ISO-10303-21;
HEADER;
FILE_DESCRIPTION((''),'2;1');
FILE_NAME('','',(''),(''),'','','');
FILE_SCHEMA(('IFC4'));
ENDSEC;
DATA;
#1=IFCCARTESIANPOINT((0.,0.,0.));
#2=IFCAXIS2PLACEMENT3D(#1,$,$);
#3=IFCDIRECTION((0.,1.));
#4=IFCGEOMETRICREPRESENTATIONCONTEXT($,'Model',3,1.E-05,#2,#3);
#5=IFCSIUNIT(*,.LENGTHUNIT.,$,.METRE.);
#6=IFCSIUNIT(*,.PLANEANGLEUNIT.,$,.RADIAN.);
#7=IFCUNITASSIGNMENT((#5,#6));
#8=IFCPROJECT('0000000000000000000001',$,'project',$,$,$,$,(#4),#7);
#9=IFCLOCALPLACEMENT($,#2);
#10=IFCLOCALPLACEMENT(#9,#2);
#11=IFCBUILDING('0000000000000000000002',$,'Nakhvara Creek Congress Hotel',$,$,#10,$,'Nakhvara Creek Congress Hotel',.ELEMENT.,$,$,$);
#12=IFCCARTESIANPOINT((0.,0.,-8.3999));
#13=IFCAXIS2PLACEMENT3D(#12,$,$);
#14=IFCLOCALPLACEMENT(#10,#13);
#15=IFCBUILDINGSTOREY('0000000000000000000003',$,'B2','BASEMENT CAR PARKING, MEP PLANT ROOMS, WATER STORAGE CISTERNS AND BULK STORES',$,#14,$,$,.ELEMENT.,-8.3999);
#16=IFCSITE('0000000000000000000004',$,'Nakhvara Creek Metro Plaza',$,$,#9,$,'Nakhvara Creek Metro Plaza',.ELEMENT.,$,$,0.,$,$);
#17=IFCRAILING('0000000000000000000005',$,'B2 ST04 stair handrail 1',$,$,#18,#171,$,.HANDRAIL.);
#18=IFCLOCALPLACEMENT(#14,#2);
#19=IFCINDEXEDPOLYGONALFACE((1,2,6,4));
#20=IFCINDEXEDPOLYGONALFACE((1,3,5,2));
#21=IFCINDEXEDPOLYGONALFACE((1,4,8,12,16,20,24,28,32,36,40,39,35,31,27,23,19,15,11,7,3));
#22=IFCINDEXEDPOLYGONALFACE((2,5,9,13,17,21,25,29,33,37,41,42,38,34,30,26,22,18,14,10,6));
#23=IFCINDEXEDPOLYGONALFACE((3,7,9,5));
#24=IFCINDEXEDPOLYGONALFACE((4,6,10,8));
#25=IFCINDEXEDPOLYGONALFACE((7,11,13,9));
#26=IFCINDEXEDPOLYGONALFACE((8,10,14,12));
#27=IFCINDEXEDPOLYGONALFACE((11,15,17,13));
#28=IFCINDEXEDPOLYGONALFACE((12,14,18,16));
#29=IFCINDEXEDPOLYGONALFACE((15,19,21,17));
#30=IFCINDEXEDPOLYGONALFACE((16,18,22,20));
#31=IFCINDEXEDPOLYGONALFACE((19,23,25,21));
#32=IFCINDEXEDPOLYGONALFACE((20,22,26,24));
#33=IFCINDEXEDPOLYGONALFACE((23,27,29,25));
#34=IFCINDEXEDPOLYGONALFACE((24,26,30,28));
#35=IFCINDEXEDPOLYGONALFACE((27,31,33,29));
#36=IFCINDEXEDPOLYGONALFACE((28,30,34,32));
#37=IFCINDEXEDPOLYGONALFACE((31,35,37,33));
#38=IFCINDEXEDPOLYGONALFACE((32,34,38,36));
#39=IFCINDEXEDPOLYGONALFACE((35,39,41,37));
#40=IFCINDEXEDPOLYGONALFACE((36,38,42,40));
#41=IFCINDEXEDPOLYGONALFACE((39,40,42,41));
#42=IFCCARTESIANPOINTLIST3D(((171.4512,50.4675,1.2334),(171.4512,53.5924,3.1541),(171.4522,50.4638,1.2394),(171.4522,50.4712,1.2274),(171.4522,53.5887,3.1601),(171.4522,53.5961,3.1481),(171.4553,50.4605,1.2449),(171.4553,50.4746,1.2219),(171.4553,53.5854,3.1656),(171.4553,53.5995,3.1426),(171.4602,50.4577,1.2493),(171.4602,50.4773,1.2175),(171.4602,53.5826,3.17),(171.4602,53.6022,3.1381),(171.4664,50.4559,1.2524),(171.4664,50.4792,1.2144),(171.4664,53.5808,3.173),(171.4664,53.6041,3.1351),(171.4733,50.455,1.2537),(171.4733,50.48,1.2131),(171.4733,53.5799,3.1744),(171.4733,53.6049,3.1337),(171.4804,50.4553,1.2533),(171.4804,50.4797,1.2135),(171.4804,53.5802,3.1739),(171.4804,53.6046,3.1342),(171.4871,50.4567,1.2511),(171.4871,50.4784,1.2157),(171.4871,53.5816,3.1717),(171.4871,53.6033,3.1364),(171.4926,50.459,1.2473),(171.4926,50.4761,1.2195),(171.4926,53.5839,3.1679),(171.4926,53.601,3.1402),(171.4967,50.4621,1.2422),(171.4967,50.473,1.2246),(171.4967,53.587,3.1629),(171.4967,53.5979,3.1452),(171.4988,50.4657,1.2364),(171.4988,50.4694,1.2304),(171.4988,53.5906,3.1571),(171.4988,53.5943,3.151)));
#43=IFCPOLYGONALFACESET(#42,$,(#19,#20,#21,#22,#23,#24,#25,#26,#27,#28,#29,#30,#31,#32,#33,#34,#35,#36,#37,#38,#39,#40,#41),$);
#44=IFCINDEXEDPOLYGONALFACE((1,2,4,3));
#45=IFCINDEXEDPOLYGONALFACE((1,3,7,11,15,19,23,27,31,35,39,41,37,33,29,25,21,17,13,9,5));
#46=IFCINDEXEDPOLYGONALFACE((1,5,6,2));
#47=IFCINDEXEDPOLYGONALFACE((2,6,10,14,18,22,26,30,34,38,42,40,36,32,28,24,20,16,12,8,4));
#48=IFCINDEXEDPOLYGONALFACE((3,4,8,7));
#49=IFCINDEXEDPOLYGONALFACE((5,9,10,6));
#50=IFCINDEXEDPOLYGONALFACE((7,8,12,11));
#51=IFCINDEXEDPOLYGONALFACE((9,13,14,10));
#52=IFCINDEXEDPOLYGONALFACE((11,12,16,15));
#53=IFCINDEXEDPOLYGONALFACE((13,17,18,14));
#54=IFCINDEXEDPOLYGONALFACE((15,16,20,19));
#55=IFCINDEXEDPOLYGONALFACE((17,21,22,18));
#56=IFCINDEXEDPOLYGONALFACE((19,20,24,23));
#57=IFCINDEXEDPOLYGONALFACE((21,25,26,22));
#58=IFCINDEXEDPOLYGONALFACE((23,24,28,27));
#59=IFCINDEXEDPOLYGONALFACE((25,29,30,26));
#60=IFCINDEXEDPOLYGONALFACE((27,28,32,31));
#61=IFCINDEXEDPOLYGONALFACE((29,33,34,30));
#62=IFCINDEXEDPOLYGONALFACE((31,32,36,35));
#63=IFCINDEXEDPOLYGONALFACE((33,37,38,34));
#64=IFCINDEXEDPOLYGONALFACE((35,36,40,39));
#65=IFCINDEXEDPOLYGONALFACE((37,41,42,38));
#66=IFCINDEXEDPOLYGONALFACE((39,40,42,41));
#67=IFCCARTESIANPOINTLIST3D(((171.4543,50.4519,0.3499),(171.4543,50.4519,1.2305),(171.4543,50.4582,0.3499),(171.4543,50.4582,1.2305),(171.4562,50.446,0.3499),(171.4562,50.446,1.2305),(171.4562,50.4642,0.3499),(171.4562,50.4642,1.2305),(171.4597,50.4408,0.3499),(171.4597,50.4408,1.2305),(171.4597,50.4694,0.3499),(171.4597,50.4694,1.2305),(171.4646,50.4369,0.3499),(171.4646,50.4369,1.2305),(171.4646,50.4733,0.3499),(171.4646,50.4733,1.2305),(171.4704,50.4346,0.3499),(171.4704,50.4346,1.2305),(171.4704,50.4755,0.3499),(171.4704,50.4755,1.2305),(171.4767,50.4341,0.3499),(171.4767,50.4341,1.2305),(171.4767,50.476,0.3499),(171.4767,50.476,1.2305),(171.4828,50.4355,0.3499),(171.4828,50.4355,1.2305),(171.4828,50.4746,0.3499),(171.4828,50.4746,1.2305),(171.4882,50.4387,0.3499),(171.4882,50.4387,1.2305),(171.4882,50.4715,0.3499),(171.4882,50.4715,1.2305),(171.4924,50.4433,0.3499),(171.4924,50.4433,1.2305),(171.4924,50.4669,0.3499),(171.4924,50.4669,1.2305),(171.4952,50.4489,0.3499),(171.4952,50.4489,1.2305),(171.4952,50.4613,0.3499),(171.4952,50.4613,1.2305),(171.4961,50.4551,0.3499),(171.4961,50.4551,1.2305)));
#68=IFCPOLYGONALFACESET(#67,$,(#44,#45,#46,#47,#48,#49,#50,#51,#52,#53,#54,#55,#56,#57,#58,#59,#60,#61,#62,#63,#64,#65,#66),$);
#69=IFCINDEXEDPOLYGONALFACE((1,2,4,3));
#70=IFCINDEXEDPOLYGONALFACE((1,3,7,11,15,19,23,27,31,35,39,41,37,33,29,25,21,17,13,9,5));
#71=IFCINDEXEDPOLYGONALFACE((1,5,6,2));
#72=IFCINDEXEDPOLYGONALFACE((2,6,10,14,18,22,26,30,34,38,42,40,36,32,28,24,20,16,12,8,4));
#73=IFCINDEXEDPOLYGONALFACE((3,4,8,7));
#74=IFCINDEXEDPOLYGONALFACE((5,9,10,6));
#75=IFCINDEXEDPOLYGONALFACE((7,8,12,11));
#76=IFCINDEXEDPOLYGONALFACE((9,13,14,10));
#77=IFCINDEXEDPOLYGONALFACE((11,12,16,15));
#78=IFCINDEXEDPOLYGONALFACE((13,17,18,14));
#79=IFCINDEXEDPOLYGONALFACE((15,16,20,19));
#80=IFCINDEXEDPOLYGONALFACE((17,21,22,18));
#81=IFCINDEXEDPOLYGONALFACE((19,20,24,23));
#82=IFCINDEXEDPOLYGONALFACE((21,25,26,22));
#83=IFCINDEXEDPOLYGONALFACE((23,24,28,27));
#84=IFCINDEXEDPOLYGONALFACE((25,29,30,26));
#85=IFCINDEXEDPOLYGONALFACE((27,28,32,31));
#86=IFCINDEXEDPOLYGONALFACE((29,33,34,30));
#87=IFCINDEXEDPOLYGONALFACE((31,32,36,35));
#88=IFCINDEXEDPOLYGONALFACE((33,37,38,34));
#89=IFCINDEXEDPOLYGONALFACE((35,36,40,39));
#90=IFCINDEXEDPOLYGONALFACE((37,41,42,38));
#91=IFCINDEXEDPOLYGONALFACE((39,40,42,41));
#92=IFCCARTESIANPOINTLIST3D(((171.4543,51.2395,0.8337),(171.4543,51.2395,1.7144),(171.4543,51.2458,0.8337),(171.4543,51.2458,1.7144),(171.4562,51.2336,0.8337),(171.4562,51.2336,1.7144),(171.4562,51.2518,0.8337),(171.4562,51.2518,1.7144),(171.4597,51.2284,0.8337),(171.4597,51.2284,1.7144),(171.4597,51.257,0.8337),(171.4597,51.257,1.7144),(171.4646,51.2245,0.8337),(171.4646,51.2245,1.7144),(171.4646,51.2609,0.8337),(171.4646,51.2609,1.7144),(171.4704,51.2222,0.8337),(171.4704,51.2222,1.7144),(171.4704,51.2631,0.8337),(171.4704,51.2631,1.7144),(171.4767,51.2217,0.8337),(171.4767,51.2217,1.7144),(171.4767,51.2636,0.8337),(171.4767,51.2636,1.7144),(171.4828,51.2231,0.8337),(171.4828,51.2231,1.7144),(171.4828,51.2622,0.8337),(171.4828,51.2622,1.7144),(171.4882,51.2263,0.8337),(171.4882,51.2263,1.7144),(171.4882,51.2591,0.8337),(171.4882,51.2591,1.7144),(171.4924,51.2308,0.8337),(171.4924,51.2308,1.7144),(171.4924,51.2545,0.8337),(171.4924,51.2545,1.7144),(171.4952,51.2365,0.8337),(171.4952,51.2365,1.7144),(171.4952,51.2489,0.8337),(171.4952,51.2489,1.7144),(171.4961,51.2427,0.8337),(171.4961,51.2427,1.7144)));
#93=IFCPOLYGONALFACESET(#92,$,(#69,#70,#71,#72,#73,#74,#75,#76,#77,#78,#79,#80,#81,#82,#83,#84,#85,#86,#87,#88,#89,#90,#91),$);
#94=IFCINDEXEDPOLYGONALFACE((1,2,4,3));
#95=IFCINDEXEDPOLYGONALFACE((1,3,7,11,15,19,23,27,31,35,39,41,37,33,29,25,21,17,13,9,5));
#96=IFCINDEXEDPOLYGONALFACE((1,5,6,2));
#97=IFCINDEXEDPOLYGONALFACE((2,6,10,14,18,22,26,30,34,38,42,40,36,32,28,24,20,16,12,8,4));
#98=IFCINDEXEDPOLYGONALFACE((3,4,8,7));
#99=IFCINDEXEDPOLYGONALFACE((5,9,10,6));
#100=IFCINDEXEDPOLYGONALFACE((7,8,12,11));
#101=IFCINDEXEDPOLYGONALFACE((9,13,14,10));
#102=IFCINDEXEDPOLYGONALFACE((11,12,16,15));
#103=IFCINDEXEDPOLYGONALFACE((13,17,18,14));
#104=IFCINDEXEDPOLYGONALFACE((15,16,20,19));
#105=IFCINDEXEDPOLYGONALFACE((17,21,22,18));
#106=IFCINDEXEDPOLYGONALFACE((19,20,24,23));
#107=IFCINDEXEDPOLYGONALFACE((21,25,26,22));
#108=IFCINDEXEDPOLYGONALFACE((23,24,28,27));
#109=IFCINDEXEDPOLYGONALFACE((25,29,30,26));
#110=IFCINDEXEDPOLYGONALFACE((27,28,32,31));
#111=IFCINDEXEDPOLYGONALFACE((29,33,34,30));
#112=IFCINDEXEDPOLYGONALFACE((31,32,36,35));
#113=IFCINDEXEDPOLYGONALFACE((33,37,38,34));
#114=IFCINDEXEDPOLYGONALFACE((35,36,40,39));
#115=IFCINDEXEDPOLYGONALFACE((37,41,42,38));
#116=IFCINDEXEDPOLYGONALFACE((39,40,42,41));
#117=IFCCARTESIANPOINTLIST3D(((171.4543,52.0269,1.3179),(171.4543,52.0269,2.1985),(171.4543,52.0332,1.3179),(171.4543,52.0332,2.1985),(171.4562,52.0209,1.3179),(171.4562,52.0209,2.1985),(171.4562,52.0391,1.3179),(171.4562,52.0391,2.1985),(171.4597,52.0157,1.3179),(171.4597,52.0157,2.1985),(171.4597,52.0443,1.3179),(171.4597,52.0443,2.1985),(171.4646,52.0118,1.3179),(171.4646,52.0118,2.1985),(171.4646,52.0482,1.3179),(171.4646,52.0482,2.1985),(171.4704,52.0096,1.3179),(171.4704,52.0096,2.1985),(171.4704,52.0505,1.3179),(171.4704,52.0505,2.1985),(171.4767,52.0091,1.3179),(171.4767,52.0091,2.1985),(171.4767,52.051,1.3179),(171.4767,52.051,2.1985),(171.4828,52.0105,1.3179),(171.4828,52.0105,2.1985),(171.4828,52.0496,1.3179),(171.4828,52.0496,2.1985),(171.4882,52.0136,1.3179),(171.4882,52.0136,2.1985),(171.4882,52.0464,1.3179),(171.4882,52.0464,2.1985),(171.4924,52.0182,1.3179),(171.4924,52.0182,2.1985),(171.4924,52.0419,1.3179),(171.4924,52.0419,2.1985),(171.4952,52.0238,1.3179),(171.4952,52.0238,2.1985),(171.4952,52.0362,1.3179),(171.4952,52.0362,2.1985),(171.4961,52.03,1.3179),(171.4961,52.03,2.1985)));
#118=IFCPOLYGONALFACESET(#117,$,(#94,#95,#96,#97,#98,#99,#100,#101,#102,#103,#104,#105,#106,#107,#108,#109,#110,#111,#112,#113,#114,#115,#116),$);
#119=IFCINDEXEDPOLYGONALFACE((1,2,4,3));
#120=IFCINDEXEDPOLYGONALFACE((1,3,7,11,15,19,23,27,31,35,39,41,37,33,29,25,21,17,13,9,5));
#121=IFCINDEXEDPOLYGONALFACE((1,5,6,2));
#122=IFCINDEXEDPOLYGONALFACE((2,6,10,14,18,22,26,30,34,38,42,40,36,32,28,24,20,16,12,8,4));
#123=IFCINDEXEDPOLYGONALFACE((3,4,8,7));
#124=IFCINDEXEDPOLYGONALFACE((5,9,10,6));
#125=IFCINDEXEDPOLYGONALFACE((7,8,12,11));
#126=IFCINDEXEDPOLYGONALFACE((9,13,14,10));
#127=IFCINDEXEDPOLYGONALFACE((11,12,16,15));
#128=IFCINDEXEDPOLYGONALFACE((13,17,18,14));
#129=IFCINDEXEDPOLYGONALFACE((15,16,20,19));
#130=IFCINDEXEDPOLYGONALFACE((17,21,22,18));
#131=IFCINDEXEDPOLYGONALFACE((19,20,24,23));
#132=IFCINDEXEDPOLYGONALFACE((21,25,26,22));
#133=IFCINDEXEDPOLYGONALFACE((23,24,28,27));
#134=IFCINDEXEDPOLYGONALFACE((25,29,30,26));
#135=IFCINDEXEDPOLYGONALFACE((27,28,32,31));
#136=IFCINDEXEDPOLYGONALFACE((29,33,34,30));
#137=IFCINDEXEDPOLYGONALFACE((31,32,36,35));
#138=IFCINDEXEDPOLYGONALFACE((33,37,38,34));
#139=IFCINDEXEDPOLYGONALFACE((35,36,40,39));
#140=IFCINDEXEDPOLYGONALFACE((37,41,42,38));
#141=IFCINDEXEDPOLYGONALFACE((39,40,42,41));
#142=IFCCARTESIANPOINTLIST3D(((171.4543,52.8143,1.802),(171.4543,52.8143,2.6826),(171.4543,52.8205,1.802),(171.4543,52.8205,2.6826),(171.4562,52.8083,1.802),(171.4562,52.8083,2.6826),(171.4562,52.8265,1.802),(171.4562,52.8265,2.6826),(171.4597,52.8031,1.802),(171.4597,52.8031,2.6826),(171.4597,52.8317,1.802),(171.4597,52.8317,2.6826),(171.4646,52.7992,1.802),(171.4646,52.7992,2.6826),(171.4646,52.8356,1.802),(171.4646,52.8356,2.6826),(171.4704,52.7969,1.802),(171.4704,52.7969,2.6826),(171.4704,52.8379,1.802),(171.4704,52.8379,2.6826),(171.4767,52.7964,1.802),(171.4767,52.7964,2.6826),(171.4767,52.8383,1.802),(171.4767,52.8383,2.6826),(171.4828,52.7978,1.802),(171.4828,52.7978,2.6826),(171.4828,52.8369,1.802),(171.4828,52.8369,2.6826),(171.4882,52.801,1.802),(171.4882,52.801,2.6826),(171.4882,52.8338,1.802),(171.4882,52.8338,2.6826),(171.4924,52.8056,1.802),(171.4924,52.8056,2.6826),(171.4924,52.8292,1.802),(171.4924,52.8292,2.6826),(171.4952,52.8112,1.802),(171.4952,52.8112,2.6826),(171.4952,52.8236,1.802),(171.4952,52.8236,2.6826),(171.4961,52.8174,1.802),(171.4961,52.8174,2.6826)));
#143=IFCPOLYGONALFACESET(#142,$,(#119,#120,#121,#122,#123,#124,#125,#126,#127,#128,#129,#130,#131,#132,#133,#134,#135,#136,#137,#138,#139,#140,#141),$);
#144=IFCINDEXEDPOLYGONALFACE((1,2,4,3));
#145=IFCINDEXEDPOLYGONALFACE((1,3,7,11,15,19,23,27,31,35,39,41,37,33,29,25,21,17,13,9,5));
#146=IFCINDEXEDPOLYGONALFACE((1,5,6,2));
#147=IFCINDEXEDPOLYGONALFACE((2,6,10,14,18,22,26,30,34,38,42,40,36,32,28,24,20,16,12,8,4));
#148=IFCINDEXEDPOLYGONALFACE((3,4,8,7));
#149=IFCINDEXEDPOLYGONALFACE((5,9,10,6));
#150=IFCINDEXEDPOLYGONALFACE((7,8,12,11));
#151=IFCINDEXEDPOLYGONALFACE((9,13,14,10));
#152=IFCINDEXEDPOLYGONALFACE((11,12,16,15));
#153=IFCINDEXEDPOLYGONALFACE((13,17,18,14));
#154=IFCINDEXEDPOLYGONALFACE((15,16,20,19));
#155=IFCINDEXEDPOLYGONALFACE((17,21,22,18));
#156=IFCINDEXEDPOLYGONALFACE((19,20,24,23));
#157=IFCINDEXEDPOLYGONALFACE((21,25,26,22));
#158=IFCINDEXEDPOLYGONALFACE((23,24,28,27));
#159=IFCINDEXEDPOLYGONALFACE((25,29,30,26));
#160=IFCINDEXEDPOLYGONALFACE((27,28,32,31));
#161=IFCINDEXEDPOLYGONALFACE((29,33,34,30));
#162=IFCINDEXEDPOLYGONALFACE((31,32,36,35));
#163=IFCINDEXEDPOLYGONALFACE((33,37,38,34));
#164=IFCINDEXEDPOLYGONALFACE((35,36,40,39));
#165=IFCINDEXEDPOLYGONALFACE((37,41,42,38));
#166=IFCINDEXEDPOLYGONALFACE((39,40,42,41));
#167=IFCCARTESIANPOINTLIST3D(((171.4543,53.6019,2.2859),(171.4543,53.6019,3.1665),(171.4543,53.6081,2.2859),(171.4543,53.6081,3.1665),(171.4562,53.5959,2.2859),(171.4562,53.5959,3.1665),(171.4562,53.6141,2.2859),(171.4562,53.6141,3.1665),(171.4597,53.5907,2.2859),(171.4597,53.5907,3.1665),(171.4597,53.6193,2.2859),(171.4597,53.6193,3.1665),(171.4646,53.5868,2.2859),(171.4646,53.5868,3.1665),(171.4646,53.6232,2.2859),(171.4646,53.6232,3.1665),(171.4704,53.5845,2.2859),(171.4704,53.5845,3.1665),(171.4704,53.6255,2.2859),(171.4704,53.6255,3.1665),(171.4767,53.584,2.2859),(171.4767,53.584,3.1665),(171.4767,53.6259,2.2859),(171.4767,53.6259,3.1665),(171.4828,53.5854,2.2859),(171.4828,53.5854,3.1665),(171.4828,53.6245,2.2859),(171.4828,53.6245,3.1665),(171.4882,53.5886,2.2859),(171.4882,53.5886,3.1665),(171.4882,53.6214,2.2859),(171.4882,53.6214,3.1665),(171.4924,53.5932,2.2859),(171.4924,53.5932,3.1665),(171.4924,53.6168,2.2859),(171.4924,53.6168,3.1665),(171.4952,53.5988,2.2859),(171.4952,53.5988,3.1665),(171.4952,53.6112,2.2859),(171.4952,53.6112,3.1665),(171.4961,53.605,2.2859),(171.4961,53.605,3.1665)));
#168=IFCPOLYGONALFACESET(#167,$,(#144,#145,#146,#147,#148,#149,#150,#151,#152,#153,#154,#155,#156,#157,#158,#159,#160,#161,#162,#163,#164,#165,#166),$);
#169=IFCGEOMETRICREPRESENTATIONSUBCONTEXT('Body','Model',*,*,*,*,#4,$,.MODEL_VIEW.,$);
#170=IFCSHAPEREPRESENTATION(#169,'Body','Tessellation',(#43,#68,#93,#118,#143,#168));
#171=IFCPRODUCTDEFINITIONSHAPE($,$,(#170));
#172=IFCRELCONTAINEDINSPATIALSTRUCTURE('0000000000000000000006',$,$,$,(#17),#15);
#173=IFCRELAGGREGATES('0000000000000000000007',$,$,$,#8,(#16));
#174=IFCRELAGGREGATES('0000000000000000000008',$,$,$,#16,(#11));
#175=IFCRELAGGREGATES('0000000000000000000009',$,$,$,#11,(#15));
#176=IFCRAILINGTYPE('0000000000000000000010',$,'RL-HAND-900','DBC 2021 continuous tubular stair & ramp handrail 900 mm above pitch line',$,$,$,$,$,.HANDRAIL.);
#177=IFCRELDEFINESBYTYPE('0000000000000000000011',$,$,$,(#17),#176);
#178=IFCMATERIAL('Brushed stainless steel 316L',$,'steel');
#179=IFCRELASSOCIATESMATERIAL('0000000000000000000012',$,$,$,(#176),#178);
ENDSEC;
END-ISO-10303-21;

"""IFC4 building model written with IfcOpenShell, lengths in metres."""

from ifc_helpers import new_model, si_unit, direction, frame, origin, origin_2d, place, context, subcontext, project, spatial, circle, extrude, material, type_object, element, save


model = new_model("IFC4")

# Units and contexts
model_context = context("Model", 3, precision=1e-05, world=origin(), true_north=direction((0.0, 1.0)))
body_context = subcontext(model_context, "Body", "Model", "MODEL_VIEW")
ifc_project = project(units=[si_unit("LENGTHUNIT", "METRE"), si_unit("PLANEANGLEUNIT", "RADIAN")], contexts=[model_context])

# Site, building, storey
site_placement = place(None, origin())
site = spatial("IfcSite", under=ifc_project, at=site_placement, Name="Nakhvara Creek Metro Plaza", LongName="Nakhvara Creek Metro Plaza", CompositionType="ELEMENT", RefElevation=0.0)
building_placement = place(site_placement, origin())
building = spatial("IfcBuilding", under=site, at=building_placement, Name="Nakhvara Creek Congress Hotel", LongName="Nakhvara Creek Congress Hotel", CompositionType="ELEMENT")
storey_placement = place(building_placement, frame((0.0, 0.0, -8.3999)))
storey = spatial("IfcBuildingStorey", under=building, at=storey_placement, Name="B2", Description="BASEMENT CAR PARKING, MEP PLANT ROOMS, WATER STORAGE CISTERNS AND BULK STORES", CompositionType="ELEMENT", Elevation=-8.3999)

# Railing
ifc_material_1 = material(Name="Brushed stainless steel 316L", Category="steel")
railing_type_1 = type_object("IfcRailingType", Name="RL-HAND-900", Description="DBC 2021 continuous tubular stair & ramp handrail 900 mm above pitch line", PredefinedType="HANDRAIL", material=ifc_material_1)
railing_1_placement = place(storey_placement, frame((171.4751, 50.4551, 0.3499)))
element("IfcRailing", 1, at=railing_1_placement, inside=storey, type_object=railing_type_1, Name="B2 ST04 stair handrail 1", PredefinedType="HANDRAIL", context=body_context, shape_type="SweptSolid", body=[
    extrude(circle(Radius=0.0239, at=origin_2d()), frame((0.0, 0.0125, 0.8835), z_axis=(0.0, 0.851944, 0.523633), x_axis=(-1.0, 0.0, 0.0)), (0.0, 0.0, 1.0), 3.668),
    extrude(circle(Radius=0.021, at=origin_2d()), origin(), (0.0, 0.0, 1.0), 0.8806),
    extrude(circle(Radius=0.021, at=origin_2d()), frame((0.0, 0.7876, 0.4839)), (0.0, 0.0, 1.0), 0.8806),
    extrude(circle(Radius=0.021, at=origin_2d()), frame((0.0, 1.575, 0.968)), (0.0, 0.0, 1.0), 0.8806),
    extrude(circle(Radius=0.021, at=origin_2d()), frame((0.0, 2.3623, 1.4521)), (0.0, 0.0, 1.0), 0.8806),
    extrude(circle(Radius=0.021, at=origin_2d()), frame((0.0, 3.1499, 1.936)), (0.0, 0.0, 1.0), 0.8806),
])

save(model, "model.ifc")
